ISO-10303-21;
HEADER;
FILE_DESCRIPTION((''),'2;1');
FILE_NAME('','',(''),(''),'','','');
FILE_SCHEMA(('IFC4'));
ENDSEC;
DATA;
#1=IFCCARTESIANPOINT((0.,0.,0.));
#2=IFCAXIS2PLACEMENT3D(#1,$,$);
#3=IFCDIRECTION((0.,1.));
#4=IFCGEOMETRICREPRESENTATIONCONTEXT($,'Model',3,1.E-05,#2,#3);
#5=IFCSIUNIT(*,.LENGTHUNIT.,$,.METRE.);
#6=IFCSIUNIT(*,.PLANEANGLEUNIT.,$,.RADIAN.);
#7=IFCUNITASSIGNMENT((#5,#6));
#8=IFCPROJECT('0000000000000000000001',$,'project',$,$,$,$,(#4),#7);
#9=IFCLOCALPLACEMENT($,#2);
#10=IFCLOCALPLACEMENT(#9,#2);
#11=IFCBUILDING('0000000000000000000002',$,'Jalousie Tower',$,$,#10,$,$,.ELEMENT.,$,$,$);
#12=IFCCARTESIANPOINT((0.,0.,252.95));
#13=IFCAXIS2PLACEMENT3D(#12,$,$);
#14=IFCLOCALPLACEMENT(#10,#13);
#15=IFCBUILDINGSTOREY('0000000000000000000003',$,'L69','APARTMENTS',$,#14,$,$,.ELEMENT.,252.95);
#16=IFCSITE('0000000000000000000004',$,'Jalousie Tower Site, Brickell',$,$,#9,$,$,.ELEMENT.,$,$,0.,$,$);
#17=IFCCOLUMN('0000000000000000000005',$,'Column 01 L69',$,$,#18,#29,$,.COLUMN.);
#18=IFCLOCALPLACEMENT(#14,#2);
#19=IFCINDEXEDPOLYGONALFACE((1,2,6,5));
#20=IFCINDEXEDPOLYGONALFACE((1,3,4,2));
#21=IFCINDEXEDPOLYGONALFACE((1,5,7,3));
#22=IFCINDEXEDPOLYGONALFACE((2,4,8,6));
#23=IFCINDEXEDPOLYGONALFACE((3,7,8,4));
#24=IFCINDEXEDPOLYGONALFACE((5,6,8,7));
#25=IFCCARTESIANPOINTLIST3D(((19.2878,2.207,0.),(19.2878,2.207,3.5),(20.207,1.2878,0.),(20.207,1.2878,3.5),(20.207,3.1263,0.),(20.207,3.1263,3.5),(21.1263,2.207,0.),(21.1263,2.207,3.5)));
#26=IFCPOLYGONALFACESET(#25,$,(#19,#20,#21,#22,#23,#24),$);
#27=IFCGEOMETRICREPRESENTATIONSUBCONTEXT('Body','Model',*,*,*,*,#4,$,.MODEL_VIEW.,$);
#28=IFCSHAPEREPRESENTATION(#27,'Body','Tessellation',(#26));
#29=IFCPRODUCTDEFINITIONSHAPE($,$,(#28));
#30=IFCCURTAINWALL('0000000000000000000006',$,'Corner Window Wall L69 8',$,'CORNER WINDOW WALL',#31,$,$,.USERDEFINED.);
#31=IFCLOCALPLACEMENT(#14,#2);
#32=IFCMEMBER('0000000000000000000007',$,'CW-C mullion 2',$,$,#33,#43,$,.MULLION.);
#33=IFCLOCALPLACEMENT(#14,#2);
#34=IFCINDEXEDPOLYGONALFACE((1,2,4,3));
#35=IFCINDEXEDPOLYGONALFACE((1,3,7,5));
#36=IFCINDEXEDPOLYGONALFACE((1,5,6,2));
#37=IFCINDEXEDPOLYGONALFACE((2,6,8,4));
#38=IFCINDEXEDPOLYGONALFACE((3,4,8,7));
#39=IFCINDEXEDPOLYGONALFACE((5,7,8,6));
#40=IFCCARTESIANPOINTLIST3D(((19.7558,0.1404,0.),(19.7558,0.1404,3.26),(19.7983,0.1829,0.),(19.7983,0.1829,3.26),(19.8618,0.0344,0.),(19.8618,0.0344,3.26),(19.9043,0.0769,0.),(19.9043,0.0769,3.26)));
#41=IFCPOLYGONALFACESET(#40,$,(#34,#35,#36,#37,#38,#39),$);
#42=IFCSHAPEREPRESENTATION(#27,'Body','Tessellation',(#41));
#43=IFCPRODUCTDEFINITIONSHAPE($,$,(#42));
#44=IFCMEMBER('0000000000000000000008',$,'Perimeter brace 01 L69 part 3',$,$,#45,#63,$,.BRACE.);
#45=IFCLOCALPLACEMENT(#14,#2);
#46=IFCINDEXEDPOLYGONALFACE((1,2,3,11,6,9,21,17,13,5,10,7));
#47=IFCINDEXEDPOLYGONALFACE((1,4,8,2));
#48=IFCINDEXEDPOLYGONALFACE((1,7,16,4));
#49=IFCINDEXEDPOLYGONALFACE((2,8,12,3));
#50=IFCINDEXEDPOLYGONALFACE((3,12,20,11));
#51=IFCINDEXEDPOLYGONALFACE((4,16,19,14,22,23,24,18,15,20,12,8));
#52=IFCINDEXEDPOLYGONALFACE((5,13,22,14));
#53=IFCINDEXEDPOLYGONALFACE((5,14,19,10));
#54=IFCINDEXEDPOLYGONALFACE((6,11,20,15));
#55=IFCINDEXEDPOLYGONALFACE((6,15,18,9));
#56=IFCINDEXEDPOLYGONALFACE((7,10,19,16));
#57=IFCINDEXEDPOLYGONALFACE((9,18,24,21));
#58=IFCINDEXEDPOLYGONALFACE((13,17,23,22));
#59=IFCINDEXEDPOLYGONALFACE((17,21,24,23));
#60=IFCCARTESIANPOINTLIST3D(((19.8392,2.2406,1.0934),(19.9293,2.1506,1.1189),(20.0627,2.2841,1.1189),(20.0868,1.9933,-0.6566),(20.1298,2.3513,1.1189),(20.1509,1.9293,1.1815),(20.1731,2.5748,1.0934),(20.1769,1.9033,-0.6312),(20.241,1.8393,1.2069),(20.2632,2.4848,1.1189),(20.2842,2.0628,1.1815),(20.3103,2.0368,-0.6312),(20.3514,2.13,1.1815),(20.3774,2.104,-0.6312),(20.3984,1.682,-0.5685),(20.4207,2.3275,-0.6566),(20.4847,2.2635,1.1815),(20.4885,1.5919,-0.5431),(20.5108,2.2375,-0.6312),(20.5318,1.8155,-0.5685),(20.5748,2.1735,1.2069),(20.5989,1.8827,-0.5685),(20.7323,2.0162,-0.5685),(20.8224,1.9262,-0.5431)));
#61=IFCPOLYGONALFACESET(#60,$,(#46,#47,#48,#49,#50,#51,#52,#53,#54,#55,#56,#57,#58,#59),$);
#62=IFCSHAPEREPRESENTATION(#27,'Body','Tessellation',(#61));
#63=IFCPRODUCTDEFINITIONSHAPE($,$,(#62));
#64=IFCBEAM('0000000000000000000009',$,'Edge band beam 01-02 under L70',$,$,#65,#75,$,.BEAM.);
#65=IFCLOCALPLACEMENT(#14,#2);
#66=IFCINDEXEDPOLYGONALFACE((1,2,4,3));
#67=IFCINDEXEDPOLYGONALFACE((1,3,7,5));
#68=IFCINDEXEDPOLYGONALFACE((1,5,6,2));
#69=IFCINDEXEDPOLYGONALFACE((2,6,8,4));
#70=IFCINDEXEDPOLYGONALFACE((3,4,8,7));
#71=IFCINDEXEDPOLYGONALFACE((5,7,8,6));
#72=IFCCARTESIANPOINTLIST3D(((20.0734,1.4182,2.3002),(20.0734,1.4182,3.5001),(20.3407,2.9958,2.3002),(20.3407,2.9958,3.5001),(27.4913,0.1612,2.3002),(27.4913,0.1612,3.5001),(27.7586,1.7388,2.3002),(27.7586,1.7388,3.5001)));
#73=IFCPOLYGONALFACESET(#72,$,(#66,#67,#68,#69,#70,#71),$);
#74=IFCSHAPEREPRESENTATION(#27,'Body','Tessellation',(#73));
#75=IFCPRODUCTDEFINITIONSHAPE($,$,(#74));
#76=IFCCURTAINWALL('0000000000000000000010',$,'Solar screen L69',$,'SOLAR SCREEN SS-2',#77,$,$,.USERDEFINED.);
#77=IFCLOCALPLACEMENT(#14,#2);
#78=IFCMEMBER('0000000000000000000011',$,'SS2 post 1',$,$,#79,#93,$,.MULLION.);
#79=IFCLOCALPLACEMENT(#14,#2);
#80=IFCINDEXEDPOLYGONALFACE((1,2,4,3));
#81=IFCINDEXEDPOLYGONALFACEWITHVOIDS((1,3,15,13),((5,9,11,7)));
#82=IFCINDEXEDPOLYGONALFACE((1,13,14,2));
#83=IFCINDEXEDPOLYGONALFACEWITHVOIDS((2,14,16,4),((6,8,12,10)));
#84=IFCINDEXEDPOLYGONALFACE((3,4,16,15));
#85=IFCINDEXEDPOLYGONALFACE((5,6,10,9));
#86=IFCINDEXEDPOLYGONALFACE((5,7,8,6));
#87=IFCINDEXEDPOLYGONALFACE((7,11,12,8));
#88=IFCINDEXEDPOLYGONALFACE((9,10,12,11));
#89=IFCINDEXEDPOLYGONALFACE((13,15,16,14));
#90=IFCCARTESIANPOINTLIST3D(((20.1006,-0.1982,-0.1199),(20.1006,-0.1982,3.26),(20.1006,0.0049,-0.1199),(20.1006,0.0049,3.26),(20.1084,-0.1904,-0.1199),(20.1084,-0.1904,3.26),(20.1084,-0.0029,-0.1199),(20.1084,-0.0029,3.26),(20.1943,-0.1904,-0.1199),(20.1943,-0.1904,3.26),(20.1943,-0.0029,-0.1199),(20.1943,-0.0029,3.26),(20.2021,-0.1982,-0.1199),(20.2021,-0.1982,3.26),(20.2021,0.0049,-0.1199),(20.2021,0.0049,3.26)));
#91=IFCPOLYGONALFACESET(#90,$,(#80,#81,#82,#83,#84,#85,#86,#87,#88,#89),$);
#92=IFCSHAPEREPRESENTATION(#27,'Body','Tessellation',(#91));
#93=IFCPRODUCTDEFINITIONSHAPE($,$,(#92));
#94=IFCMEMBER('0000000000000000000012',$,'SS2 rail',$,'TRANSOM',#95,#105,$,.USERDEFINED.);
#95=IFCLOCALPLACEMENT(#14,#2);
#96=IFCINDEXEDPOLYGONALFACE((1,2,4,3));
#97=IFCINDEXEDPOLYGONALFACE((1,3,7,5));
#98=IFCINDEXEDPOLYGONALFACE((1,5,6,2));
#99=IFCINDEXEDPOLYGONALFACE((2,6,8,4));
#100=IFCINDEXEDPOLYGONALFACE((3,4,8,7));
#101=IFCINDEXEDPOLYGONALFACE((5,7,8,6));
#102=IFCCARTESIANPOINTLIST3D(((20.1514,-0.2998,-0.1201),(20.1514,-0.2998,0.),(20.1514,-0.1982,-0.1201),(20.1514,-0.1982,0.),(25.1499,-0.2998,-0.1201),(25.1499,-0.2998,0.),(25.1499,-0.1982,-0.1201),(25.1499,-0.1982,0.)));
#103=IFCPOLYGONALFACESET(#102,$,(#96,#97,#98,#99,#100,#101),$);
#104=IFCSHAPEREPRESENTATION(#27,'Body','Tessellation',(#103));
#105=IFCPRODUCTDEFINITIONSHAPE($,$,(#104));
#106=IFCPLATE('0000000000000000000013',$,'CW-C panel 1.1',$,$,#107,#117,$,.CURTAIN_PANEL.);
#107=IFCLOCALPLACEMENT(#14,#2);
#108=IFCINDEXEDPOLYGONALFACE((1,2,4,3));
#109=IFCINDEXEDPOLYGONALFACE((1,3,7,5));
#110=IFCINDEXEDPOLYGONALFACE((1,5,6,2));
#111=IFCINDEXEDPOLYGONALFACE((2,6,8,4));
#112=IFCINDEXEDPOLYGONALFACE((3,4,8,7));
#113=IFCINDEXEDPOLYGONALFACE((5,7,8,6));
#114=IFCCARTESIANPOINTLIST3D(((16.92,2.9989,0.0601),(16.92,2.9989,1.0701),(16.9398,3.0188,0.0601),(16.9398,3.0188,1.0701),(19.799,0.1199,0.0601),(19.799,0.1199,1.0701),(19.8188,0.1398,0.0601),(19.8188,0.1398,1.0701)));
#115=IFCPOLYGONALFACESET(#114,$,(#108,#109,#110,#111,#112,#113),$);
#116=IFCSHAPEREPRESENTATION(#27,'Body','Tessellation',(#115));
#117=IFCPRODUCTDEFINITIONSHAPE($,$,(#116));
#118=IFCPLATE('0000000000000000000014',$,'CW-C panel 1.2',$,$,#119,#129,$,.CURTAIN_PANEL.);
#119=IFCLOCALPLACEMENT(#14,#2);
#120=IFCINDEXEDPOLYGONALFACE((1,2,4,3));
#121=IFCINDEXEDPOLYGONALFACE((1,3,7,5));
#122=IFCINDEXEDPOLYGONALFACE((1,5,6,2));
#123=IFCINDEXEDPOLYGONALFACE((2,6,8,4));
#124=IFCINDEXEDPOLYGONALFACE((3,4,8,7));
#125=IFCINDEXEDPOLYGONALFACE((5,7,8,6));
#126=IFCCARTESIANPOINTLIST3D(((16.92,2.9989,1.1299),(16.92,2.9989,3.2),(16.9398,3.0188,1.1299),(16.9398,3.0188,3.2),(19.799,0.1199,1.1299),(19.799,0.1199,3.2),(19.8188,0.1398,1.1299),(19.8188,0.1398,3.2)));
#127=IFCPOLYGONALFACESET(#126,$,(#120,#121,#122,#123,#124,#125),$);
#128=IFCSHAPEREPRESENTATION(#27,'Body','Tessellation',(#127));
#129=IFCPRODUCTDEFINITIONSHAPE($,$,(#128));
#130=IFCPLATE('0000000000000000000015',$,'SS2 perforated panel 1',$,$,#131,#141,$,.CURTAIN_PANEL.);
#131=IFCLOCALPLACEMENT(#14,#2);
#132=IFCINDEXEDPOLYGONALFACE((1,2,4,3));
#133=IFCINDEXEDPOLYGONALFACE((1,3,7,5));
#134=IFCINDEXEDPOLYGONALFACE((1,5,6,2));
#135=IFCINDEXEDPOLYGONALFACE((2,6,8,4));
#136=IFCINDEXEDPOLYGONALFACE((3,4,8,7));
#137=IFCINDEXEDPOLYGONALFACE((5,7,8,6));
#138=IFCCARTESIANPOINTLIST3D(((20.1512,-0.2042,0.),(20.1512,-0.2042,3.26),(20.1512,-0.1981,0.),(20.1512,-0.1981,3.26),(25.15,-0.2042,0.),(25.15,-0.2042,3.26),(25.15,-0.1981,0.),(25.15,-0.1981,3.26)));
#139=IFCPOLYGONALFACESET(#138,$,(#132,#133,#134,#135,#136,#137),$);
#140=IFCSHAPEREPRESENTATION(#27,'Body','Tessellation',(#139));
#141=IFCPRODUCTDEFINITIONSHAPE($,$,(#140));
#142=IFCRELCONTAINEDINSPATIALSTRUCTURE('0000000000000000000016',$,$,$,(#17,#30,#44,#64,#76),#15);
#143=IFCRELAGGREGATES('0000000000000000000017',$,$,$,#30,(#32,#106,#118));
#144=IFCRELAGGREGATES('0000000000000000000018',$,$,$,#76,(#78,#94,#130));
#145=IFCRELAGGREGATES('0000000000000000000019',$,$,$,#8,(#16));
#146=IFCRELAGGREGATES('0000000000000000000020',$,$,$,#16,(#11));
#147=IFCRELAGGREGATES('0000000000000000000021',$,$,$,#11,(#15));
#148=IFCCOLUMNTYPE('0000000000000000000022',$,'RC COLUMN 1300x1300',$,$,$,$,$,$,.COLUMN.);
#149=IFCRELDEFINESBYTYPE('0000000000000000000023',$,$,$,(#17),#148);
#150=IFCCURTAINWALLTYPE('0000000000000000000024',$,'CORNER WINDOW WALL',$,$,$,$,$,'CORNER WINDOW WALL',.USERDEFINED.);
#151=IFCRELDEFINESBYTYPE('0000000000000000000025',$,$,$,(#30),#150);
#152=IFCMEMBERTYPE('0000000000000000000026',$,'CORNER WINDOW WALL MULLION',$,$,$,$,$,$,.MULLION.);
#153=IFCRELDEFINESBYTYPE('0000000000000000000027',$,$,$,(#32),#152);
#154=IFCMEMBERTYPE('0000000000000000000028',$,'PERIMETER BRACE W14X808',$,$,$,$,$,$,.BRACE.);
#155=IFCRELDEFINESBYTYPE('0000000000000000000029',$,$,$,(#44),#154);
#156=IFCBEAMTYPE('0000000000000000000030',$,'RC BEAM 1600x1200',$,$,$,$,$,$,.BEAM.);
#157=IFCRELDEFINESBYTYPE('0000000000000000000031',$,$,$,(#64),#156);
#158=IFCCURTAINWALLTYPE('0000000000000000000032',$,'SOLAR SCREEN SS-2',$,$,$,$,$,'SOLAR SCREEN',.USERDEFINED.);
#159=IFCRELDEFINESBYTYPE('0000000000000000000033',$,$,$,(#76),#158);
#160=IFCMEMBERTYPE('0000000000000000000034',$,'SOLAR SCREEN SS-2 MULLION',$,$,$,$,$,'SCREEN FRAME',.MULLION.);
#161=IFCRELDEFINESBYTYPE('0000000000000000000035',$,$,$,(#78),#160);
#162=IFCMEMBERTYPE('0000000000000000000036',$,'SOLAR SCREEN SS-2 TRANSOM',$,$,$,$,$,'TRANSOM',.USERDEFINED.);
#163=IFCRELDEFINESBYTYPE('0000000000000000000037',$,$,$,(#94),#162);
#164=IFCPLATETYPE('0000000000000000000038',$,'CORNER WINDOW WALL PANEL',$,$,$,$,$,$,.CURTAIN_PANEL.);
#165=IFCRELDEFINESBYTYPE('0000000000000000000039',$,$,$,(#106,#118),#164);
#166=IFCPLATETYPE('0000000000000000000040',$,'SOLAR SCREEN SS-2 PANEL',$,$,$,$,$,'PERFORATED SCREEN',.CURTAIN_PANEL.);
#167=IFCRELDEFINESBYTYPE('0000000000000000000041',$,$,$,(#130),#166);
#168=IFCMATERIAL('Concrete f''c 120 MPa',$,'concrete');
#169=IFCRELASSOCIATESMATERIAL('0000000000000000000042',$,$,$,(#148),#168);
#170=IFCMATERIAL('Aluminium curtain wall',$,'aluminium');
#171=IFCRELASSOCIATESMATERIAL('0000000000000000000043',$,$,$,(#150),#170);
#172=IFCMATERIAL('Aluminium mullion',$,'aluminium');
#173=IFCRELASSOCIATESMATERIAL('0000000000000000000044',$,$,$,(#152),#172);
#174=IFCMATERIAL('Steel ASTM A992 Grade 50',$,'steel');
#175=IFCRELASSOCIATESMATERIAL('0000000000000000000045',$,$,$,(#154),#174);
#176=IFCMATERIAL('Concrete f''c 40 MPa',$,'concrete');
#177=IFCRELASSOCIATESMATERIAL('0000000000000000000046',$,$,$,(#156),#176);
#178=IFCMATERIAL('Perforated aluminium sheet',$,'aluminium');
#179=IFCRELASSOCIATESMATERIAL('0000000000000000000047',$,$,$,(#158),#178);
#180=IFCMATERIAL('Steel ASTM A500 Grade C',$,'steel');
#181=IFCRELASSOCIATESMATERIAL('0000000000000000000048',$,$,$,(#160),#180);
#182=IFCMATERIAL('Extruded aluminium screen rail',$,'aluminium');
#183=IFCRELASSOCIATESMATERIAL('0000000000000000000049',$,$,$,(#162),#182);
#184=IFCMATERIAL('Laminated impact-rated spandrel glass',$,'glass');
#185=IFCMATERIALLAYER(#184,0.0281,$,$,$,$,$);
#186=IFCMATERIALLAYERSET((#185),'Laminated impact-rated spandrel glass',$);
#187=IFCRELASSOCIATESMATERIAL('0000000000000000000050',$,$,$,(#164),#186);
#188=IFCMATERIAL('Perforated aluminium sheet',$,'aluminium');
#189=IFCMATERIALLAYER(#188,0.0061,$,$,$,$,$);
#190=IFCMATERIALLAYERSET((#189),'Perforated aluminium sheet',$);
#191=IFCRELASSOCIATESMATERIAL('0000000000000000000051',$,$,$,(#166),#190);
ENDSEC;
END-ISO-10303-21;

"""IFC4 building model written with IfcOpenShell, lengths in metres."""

from ifc_helpers import new_model, si_unit, direction, frame, origin, origin_2d, place, context, subcontext, project, spatial, rectangle, hollow_rectangle, i_section, extrude, material, layer, layer_set, material_profile, profile_set, type_object, element, aggregate, save


model = new_model("IFC4")

# Units and contexts
model_context = context("Model", 3, precision=1e-05, world=origin(), true_north=direction((0.0, 1.0)))
body_context = subcontext(model_context, "Body", "Model", "MODEL_VIEW")
ifc_project = project(units=[si_unit("LENGTHUNIT", "METRE"), si_unit("PLANEANGLEUNIT", "RADIAN")], contexts=[model_context])

# Site, building, storey
site_placement = place(None, origin())
site = spatial("IfcSite", under=ifc_project, at=site_placement, Name="Jalousie Tower Site, Brickell", CompositionType="ELEMENT", RefElevation=0.0)
building_placement = place(site_placement, origin())
building = spatial("IfcBuilding", under=site, at=building_placement, Name="Jalousie Tower", CompositionType="ELEMENT")
storey_placement = place(building_placement, frame((0.0, 0.0, 252.95)))
storey = spatial("IfcBuildingStorey", under=building, at=storey_placement, Name="L69", Description="APARTMENTS", CompositionType="ELEMENT", Elevation=252.95)

# Column
ifc_material_1 = material(Name="Concrete f'c 120 MPa", Category="concrete")
ifc_material_profile_1 = material_profile(ifc_material_1, rectangle(XDim=1.3, YDim=1.3, at=origin_2d()), Name="RC 1300x1300")
ifc_profile_set_1 = profile_set([ifc_material_profile_1], Name="Concrete f'c 120 MPa")
column_type = type_object("IfcColumnType", Name="RC COLUMN 1300x1300", PredefinedType="COLUMN", material=ifc_profile_set_1)
column_placement = place(storey_placement, frame((20.207, 2.207, 0.0), z_axis=(0.0, 0.0, 1.0), x_axis=(0.707107, 0.707107, 0.0)))
element("IfcColumn", 1, at=column_placement, inside=storey, type_object=column_type, Name="Column 01 L69", PredefinedType="COLUMN", context=body_context, shape_type="SweptSolid", body=[
    extrude(rectangle(XDim=1.3, YDim=1.3, at=origin_2d()), origin(), (0.0, 0.0, 1.0), 3.5),
])

# Curtain wall, member
ifc_material_2 = material(Name="Aluminium curtain wall", Category="aluminium")
curtain_wall_type_1 = type_object("IfcCurtainWallType", Name="CORNER WINDOW WALL", ElementType="CORNER WINDOW WALL", PredefinedType="USERDEFINED", material=ifc_material_2)
curtain_wall_1_placement = place(storey_placement, origin())
curtain_wall_1 = element("IfcCurtainWall", 2, at=curtain_wall_1_placement, inside=storey, type_object=curtain_wall_type_1, Name="Corner Window Wall L69 8", ObjectType="CORNER WINDOW WALL", PredefinedType="USERDEFINED")
ifc_material_3 = material(Name="Aluminium mullion", Category="aluminium")
ifc_material_profile_2 = material_profile(ifc_material_3, rectangle(XDim=0.0601, YDim=0.1499, at=origin_2d()), Name="MULLION 60x150")
ifc_profile_set_2 = profile_set([ifc_material_profile_2], Name="Aluminium mullion")
member_type_1 = type_object("IfcMemberType", Name="CORNER WINDOW WALL MULLION", PredefinedType="MULLION", material=ifc_profile_set_2)
member_1_placement = place(storey_placement, frame((19.8301, 0.1086, 0.0), z_axis=(0.0, 0.0, 1.0), x_axis=(0.707107, 0.707107, 0.0)))
member_1 = element("IfcMember", 3, at=member_1_placement, type_object=member_type_1, Name="CW-C mullion 2", PredefinedType="MULLION", context=body_context, shape_type="SweptSolid", body=[
    extrude(rectangle(XDim=0.0601, YDim=0.1499, at=origin_2d()), origin(), (0.0, 0.0, 1.0), 3.26),
])

# Member
ifc_material_4 = material(Name="Steel ASTM A992 Grade 50", Category="steel")
ifc_material_profile_3 = material_profile(ifc_material_4, i_section(OverallWidth=0.4724, OverallDepth=0.5791, WebThickness=0.095, FlangeThickness=0.1299, at=origin_2d()), Name="W14X808")
ifc_profile_set_3 = profile_set([ifc_material_profile_3], Name="Steel ASTM A992 Grade 50")
member_type_2 = type_object("IfcMemberType", Name="PERIMETER BRACE W14X808", PredefinedType="BRACE", material=ifc_profile_set_3)
member_2_placement = place(storey_placement, frame((20.4546, 1.9597, -0.5999), z_axis=(-0.138716, 0.138579, 0.980588), x_axis=(-0.706758, -0.707456, 0.0)))
element("IfcMember", 4, at=member_2_placement, inside=storey, type_object=member_type_2, Name="Perimeter brace 01 L69 part 3", PredefinedType="BRACE", context=body_context, shape_type="SweptSolid", body=[
    extrude(i_section(OverallWidth=0.4724, OverallDepth=0.5791, WebThickness=0.095, FlangeThickness=0.1299, at=origin_2d()), origin(), (0.0, 0.0, 1.0), 1.7847),
])

# Beam
ifc_material_5 = material(Name="Concrete f'c 40 MPa", Category="concrete")
ifc_material_profile_4 = material_profile(ifc_material_5, rectangle(XDim=1.6001, YDim=1.2, at=origin_2d()), Name="RC 1600x1200")
ifc_profile_set_4 = profile_set([ifc_material_profile_4], Name="Concrete f'c 40 MPa")
beam_type = type_object("IfcBeamType", Name="RC BEAM 1600x1200", PredefinedType="BEAM", material=ifc_profile_set_4)
beam_placement = place(storey_placement, frame((20.207, 2.207, 2.9001), z_axis=(0.985943, -0.167082, 0.0), x_axis=(0.167082, 0.985943, 0.0)))
element("IfcBeam", 5, at=beam_placement, inside=storey, type_object=beam_type, Name="Edge band beam 01-02 under L70", PredefinedType="BEAM", context=body_context, shape_type="SweptSolid", body=[
    extrude(rectangle(XDim=1.6001, YDim=1.2, at=origin_2d()), origin(), (0.0, 0.0, 1.0), 7.5237),
])

# Curtain wall, members
ifc_material_6 = material(Name="Perforated aluminium sheet", Category="aluminium")
curtain_wall_type_2 = type_object("IfcCurtainWallType", Name="SOLAR SCREEN SS-2", ElementType="SOLAR SCREEN", PredefinedType="USERDEFINED", material=ifc_material_6)
curtain_wall_2_placement = place(storey_placement, origin())
curtain_wall_2 = element("IfcCurtainWall", 6, at=curtain_wall_2_placement, inside=storey, type_object=curtain_wall_type_2, Name="Solar screen L69", ObjectType="SOLAR SCREEN SS-2", PredefinedType="USERDEFINED")
ifc_material_7 = material(Name="Steel ASTM A500 Grade C", Category="steel")
ifc_material_profile_5 = material_profile(ifc_material_7, hollow_rectangle(XDim=0.1016, YDim=0.2031, WallThickness=0.0078, at=origin_2d()), Name="HSS8X4X5/16")
ifc_profile_set_5 = profile_set([ifc_material_profile_5], Name="Steel ASTM A500 Grade C")
member_type_3 = type_object("IfcMemberType", Name="SOLAR SCREEN SS-2 MULLION", ElementType="SCREEN FRAME", PredefinedType="MULLION", material=ifc_profile_set_5)
member_3_placement = place(storey_placement, frame((20.1514, -0.0967, -0.1199), z_axis=(0.0, 0.0, 1.0), x_axis=(1.0, 0.0, 0.0)))
member_3 = element("IfcMember", 7, at=member_3_placement, type_object=member_type_3, Name="SS2 post 1", PredefinedType="MULLION", context=body_context, shape_type="SweptSolid", body=[
    extrude(hollow_rectangle(XDim=0.1016, YDim=0.2031, WallThickness=0.0078, at=origin_2d()), origin(), (0.0, 0.0, 1.0), 3.3799),
])
ifc_material_8 = material(Name="Extruded aluminium screen rail", Category="aluminium")
ifc_material_profile_6 = material_profile(ifc_material_8, rectangle(XDim=0.1016, YDim=0.1201, at=origin_2d()), Name="RAIL 102x120")
ifc_profile_set_6 = profile_set([ifc_material_profile_6], Name="Extruded aluminium screen rail")
member_type_4 = type_object("IfcMemberType", Name="SOLAR SCREEN SS-2 TRANSOM", ElementType="TRANSOM", PredefinedType="USERDEFINED", material=ifc_profile_set_6)
member_4_placement = place(storey_placement, frame((20.1514, -0.249, -0.0601), z_axis=(1.0, 0.0, 0.0), x_axis=(0.0, 1.0, 0.0)))
member_4 = element("IfcMember", 8, at=member_4_placement, type_object=member_type_4, Name="SS2 rail", ObjectType="TRANSOM", PredefinedType="USERDEFINED", context=body_context, shape_type="SweptSolid", body=[
    extrude(rectangle(XDim=0.1016, YDim=0.1201, at=origin_2d()), origin(), (0.0, 0.0, 1.0), 4.9985),
])

# Plates
ifc_material_9 = material(Name="Laminated impact-rated spandrel glass", Category="glass")
ifc_layer_1 = layer(ifc_material_9, 0.0281)
ifc_layer_set_1 = layer_set([ifc_layer_1], Name="Laminated impact-rated spandrel glass")
plate_type_1 = type_object("IfcPlateType", Name="CORNER WINDOW WALL PANEL", PredefinedType="CURTAIN_PANEL", material=ifc_layer_set_1)
plate_1_placement = place(storey_placement, frame((18.3694, 1.5693, 0.0601), z_axis=(0.0, 0.0, 1.0), x_axis=(0.707107, -0.707107, 0.0)))
plate_1 = element("IfcPlate", 9, at=plate_1_placement, type_object=plate_type_1, Name="CW-C panel 1.1", PredefinedType="CURTAIN_PANEL", context=body_context, shape_type="SweptSolid", body=[
    extrude(rectangle(XDim=4.0715, YDim=0.0281, at=origin_2d()), origin(), (0.0, 0.0, 1.0), 1.01),
])
plate_2_placement = place(storey_placement, frame((18.3694, 1.5693, 1.1299), z_axis=(0.0, 0.0, 1.0), x_axis=(0.707107, -0.707107, 0.0)))
plate_2 = element("IfcPlate", 10, at=plate_2_placement, type_object=plate_type_1, Name="CW-C panel 1.2", PredefinedType="CURTAIN_PANEL", context=body_context, shape_type="SweptSolid", body=[
    extrude(rectangle(XDim=4.0715, YDim=0.0281, at=origin_2d()), origin(), (0.0, 0.0, 1.0), 2.0701),
])
aggregate(curtain_wall_1, [member_1, plate_1, plate_2])
ifc_material_10 = material(Name="Perforated aluminium sheet", Category="aluminium")
ifc_layer_2 = layer(ifc_material_10, 0.0061)
ifc_layer_set_2 = layer_set([ifc_layer_2], Name="Perforated aluminium sheet")
plate_type_2 = type_object("IfcPlateType", Name="SOLAR SCREEN SS-2 PANEL", ElementType="PERFORATED SCREEN", PredefinedType="CURTAIN_PANEL", material=ifc_layer_set_2)
plate_3_placement = place(storey_placement, frame((22.6506, -0.2012, 0.0), z_axis=(0.0, 0.0, 1.0), x_axis=(1.0, 0.0, 0.0)))
plate_3 = element("IfcPlate", 11, at=plate_3_placement, type_object=plate_type_2, Name="SS2 perforated panel 1", PredefinedType="CURTAIN_PANEL", context=body_context, shape_type="SweptSolid", body=[
    extrude(rectangle(XDim=4.9988, YDim=0.0061, at=origin_2d()), origin(), (0.0, 0.0, 1.0), 3.26),
])
aggregate(curtain_wall_2, [member_3, member_4, plate_3])

save(model, "model.ifc")
